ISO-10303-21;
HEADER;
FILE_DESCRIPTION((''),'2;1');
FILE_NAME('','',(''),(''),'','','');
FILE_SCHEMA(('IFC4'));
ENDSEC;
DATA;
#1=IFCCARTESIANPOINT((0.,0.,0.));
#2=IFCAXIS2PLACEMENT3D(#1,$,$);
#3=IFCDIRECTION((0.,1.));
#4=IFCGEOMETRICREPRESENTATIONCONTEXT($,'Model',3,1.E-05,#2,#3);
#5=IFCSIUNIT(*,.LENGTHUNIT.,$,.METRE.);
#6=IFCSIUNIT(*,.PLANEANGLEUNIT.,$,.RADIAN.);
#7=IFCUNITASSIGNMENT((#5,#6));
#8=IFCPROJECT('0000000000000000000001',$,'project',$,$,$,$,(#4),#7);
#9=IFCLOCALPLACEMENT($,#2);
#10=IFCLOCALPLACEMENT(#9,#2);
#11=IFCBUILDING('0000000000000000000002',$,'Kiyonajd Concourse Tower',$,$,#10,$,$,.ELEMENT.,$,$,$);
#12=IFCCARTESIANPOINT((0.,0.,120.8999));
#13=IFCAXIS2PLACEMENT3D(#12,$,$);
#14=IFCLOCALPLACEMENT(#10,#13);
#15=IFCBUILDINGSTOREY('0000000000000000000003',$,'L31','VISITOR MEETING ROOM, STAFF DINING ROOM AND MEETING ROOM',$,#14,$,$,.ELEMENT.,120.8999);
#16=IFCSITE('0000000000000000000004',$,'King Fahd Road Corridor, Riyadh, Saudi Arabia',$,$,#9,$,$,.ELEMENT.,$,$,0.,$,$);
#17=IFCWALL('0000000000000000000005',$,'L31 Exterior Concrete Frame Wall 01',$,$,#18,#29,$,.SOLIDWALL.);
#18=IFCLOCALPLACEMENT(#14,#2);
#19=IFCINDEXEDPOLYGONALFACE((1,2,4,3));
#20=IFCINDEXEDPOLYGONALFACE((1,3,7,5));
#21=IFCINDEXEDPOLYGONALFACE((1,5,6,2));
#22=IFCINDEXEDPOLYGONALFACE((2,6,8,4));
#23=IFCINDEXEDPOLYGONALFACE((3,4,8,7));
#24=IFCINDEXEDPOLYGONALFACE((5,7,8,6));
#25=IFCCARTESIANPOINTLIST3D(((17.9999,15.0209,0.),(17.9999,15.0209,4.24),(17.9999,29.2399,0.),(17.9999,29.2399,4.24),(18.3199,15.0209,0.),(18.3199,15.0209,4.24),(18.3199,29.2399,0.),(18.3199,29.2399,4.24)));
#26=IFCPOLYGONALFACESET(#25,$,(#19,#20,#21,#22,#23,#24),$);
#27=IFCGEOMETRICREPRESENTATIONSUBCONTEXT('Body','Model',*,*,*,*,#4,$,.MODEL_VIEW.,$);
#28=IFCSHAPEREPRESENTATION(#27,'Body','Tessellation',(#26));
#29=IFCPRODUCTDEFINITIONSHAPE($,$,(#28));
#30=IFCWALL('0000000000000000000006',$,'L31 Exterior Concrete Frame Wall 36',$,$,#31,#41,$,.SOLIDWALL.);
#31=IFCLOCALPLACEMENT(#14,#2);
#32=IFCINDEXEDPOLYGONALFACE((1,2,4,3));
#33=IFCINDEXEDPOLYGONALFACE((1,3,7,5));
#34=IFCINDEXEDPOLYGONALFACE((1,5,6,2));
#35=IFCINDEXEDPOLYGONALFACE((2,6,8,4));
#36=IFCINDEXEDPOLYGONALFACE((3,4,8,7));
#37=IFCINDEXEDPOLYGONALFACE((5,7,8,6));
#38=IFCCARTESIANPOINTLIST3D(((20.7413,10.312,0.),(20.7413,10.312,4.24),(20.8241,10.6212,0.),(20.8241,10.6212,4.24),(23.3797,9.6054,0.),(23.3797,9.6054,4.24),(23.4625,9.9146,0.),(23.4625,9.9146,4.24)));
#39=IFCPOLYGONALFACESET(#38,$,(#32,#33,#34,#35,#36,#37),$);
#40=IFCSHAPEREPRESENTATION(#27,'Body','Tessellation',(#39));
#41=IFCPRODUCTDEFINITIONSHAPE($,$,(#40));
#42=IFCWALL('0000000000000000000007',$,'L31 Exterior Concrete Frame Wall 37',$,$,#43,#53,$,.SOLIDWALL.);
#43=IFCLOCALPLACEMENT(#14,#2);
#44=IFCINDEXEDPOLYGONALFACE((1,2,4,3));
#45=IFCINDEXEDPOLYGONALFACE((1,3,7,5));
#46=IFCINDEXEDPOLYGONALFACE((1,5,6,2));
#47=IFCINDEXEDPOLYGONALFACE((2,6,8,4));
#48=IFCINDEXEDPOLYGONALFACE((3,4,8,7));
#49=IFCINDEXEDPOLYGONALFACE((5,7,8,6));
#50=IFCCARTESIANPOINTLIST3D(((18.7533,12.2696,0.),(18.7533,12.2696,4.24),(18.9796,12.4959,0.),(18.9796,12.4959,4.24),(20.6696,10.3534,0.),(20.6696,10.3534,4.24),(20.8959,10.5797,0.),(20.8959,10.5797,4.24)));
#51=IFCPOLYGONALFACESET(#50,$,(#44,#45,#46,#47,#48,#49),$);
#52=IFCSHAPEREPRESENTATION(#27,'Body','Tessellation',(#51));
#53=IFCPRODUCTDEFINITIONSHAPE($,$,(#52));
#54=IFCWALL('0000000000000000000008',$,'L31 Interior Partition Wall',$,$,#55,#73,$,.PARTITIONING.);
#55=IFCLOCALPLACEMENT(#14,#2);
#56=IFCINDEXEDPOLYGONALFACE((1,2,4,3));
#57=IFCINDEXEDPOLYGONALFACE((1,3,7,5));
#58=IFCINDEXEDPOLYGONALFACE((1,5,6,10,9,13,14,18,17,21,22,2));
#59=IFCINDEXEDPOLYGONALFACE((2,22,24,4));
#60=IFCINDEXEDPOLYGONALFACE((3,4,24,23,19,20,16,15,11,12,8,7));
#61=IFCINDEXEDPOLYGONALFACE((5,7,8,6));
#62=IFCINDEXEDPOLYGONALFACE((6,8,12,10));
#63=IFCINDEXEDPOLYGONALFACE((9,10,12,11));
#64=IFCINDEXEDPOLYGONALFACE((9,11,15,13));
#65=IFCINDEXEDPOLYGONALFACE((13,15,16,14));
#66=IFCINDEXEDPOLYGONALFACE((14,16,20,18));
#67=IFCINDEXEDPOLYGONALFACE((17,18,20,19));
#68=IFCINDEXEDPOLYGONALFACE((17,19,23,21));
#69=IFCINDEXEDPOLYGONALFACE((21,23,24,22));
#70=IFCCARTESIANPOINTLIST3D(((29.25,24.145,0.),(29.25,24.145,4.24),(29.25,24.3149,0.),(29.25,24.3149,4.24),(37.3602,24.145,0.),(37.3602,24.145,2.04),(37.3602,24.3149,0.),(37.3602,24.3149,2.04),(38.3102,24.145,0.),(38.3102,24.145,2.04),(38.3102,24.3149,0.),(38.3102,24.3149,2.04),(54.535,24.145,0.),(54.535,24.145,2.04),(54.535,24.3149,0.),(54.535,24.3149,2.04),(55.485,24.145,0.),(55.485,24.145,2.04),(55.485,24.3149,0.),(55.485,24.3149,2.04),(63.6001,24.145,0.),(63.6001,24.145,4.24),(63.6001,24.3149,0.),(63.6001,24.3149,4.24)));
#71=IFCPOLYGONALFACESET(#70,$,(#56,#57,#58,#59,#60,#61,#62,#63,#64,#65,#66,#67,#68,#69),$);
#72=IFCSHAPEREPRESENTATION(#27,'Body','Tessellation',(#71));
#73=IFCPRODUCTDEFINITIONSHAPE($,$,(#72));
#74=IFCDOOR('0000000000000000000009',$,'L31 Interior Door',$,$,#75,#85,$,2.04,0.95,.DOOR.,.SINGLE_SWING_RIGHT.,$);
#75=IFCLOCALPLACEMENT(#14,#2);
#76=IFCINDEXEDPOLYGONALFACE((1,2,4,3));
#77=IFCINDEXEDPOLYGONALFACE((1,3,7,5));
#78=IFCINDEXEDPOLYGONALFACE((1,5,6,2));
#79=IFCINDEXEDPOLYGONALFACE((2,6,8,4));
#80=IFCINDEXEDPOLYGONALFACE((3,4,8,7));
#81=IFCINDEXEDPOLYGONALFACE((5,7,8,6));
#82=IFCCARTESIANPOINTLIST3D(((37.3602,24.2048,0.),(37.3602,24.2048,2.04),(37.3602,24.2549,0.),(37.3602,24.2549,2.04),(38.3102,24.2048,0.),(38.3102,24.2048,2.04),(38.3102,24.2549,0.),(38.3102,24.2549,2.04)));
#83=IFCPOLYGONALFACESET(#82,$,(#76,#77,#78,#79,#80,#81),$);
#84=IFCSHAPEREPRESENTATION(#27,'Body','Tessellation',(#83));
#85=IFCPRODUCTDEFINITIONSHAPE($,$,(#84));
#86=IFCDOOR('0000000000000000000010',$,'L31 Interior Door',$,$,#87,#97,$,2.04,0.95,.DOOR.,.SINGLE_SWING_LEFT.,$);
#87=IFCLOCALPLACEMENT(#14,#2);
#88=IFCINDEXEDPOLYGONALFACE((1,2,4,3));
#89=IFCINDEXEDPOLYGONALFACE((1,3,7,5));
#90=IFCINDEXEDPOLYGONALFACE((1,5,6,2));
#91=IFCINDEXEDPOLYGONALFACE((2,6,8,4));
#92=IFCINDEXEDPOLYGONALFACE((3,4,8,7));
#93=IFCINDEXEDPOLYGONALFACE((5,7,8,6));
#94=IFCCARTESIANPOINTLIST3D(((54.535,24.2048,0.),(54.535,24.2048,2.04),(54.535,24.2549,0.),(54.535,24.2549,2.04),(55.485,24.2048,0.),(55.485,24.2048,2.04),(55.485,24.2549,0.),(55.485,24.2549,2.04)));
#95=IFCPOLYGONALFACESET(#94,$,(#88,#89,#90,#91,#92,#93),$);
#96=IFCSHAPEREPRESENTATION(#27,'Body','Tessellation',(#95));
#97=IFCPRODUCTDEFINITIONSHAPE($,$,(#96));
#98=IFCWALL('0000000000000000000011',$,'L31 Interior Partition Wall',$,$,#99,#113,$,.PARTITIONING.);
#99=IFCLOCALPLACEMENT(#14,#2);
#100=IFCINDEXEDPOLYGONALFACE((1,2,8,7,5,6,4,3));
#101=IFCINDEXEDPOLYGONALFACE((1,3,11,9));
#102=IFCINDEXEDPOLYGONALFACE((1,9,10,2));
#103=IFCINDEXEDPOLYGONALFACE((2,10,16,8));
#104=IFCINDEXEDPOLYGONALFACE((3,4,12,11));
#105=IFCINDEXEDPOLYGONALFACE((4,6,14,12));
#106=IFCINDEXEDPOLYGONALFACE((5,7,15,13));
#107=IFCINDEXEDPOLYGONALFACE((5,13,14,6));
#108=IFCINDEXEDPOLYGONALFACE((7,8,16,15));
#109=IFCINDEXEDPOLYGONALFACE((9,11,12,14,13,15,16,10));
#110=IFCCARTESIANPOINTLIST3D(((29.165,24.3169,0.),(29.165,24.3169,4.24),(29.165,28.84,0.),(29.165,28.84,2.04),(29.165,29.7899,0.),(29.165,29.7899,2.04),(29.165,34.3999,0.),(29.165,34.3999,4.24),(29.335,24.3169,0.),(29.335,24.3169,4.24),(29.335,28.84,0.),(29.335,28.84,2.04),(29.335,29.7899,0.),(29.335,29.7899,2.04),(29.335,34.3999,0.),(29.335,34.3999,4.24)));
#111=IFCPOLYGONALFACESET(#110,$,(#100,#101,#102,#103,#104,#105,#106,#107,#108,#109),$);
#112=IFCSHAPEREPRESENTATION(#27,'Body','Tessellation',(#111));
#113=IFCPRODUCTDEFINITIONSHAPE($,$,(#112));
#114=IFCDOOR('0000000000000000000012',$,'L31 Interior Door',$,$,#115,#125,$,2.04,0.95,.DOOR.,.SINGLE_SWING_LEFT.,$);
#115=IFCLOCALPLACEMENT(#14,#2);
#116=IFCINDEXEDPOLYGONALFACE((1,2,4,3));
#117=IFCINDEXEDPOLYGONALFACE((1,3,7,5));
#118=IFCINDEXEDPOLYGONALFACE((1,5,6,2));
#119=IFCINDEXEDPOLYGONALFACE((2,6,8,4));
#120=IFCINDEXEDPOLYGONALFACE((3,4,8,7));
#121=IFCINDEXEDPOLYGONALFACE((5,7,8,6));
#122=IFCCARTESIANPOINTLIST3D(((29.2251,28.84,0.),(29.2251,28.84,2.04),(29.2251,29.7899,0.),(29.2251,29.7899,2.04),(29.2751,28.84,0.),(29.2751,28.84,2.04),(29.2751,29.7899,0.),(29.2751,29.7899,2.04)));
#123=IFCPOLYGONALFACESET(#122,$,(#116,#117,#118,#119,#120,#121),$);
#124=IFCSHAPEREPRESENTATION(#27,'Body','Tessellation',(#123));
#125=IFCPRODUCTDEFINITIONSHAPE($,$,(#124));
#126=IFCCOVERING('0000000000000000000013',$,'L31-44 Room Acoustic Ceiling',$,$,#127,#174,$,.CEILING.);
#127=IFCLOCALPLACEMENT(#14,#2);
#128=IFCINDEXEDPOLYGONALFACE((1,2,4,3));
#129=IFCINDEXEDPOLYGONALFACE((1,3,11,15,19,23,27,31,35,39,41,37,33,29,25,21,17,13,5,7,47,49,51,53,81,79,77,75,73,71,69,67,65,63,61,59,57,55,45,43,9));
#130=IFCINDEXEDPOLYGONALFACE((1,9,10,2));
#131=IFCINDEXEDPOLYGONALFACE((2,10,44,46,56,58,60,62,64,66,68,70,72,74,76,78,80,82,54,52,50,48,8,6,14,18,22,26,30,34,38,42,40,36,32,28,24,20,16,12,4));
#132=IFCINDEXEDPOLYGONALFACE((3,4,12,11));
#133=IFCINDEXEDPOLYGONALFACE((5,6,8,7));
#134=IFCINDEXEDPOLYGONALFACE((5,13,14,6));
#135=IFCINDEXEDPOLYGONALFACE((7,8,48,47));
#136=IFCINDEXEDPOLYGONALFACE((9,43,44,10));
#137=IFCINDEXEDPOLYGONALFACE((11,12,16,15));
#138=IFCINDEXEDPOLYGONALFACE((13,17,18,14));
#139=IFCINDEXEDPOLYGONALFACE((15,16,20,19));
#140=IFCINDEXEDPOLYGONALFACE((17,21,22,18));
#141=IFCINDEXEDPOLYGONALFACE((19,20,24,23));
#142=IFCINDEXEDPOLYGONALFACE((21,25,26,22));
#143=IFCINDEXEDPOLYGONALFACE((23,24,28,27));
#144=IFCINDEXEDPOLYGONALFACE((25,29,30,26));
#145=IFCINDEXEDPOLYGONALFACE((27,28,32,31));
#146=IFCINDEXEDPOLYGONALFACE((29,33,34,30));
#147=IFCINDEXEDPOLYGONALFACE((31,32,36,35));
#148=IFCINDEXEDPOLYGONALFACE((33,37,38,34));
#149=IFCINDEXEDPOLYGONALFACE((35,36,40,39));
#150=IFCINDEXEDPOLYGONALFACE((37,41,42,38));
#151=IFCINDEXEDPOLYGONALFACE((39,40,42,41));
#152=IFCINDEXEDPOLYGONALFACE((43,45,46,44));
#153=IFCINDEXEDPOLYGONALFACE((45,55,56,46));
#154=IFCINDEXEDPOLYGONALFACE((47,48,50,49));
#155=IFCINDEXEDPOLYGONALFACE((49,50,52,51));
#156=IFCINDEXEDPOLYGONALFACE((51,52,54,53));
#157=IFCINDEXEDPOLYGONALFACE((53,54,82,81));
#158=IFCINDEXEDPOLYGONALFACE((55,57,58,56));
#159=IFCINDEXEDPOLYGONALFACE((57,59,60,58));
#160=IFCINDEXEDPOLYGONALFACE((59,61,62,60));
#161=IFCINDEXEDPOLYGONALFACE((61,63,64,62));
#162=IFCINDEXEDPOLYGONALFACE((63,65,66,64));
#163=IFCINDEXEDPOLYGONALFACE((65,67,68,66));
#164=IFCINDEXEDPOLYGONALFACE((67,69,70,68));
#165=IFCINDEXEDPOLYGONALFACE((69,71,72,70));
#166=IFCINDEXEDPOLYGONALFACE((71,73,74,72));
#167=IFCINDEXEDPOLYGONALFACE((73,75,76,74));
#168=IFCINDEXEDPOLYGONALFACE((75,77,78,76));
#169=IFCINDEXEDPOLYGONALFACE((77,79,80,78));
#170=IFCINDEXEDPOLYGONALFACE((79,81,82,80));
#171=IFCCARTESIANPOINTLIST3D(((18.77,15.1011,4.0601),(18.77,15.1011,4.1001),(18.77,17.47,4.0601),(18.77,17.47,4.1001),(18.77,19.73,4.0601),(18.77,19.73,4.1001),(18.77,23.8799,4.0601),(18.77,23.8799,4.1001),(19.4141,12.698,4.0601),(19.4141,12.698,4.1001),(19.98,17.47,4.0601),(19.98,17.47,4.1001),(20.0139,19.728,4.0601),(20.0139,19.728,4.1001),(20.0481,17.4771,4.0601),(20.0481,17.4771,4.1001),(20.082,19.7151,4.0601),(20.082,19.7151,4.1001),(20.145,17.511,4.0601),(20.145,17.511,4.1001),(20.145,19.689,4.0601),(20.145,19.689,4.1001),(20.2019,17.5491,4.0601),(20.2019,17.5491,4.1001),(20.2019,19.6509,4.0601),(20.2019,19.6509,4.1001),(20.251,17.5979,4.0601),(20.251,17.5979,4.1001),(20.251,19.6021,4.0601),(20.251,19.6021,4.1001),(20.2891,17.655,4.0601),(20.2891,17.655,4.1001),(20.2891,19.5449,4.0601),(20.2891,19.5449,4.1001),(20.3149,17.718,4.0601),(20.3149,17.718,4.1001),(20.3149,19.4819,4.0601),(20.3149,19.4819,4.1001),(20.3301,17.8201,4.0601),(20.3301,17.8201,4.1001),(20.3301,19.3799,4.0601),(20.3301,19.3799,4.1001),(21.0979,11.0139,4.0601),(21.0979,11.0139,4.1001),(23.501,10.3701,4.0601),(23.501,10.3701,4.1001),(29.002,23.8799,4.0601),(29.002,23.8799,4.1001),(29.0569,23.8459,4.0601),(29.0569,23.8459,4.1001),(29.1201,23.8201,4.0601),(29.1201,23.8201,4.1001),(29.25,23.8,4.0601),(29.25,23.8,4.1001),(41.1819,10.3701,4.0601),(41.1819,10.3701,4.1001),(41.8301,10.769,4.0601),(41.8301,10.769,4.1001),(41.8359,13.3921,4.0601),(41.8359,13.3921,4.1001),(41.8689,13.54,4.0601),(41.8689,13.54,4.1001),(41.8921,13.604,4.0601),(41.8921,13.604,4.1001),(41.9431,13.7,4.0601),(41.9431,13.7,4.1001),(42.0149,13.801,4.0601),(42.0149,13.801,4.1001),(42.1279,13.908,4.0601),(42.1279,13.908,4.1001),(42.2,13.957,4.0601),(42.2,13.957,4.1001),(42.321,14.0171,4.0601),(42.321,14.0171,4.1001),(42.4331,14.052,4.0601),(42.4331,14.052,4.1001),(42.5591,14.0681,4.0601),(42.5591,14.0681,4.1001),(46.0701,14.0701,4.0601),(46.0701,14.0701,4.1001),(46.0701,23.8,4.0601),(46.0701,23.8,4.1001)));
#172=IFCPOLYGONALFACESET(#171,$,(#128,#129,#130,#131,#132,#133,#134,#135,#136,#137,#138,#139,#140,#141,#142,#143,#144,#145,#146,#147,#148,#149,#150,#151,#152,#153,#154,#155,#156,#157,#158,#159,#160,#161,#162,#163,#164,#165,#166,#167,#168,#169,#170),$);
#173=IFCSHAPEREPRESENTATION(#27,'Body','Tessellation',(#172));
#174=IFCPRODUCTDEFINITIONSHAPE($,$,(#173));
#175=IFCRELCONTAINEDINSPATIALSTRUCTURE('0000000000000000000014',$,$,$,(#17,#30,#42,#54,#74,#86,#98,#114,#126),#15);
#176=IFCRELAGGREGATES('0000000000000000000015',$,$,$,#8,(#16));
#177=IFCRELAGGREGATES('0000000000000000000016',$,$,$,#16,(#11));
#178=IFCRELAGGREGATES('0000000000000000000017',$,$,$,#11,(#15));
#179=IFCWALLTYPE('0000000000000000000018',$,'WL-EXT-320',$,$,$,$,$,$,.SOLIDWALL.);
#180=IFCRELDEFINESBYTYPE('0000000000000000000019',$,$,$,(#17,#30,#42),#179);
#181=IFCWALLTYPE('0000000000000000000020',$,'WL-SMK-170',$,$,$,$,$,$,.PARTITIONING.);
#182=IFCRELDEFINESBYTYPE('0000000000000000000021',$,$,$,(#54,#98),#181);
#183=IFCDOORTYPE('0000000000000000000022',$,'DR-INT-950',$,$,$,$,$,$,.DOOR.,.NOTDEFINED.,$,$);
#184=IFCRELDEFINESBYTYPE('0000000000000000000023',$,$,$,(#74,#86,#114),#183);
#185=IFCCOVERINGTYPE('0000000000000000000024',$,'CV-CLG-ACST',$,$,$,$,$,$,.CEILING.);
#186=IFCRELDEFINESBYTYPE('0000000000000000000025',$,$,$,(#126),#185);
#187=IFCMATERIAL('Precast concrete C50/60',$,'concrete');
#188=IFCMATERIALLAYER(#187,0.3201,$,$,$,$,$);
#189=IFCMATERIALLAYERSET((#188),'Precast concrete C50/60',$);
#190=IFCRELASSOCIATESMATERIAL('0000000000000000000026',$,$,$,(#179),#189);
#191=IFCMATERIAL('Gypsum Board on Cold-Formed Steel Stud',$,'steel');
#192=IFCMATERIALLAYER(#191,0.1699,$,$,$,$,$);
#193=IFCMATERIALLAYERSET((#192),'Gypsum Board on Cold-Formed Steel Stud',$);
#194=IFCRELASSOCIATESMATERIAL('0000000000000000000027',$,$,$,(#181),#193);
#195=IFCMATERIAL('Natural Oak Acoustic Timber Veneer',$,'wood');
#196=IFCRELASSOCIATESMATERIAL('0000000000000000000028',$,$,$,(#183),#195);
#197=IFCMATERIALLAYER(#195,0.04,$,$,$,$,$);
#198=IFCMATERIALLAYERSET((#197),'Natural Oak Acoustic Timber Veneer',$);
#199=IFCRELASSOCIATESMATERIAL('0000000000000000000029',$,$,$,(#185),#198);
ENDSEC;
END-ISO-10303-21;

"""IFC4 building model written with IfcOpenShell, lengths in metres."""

from ifc_helpers import new_model, si_unit, direction, frame, frame_2d, origin, place, context, subcontext, project, spatial, polyline, rectangle, outline, extrude, material, layer, layer_set, type_object, element, fill, save


model = new_model("IFC4")

# Units and contexts
model_context = context("Model", 3, precision=1e-05, world=origin(), true_north=direction((0.0, 1.0)))
body_context = subcontext(model_context, "Body", "Model", "MODEL_VIEW")
ifc_project = project(units=[si_unit("LENGTHUNIT", "METRE"), si_unit("PLANEANGLEUNIT", "RADIAN")], contexts=[model_context])

# Site, building, storey
site_placement = place(None, origin())
site = spatial("IfcSite", under=ifc_project, at=site_placement, Name="King Fahd Road Corridor, Riyadh, Saudi Arabia", CompositionType="ELEMENT", RefElevation=0.0)
building_placement = place(site_placement, origin())
building = spatial("IfcBuilding", under=site, at=building_placement, Name="Kiyonajd Concourse Tower", CompositionType="ELEMENT")
storey_placement = place(building_placement, frame((0.0, 0.0, 120.8999)))
storey = spatial("IfcBuildingStorey", under=building, at=storey_placement, Name="L31", Description="VISITOR MEETING ROOM, STAFF DINING ROOM AND MEETING ROOM", CompositionType="ELEMENT", Elevation=120.8999)

# Shared definitions
ifc_material_1 = material(Name="Precast concrete C50/60", Category="concrete")

# Walls
ifc_layer_1 = layer(ifc_material_1, 0.3201)
ifc_layer_set_1 = layer_set([ifc_layer_1], Name="Precast concrete C50/60")
wall_type_1 = type_object("IfcWallType", Name="WL-EXT-320", PredefinedType="SOLIDWALL", material=ifc_layer_set_1)
wall_1_placement = place(storey_placement, frame((18.1599, 15.021, 0.0), z_axis=(0.0, 0.0, 1.0), x_axis=(0.0, 1.0, 0.0)))
element("IfcWall", 1, at=wall_1_placement, inside=storey, type_object=wall_type_1, Name="L31 Exterior Concrete Frame Wall 01", PredefinedType="SOLIDWALL", context=body_context, shape_type="SweptSolid", body=[
    extrude(rectangle(XDim=14.219, YDim=0.3201, at=frame_2d((7.1094, 0.0))), origin(), (0.0, 0.0, 1.0), 4.24),
])
wall_2_placement = place(storey_placement, frame((23.4211, 9.76, 0.0), z_axis=(0.0, 0.0, 1.0), x_axis=(-0.965964, 0.258675, 0.0)))
element("IfcWall", 2, at=wall_2_placement, inside=storey, type_object=wall_type_1, Name="L31 Exterior Concrete Frame Wall 36", PredefinedType="SOLIDWALL", context=body_context, shape_type="SweptSolid", body=[
    extrude(rectangle(XDim=2.7314, YDim=0.3201, at=frame_2d((1.3657, 0.0))), origin(), (0.0, 0.0, 1.0), 4.24),
])
wall_3_placement = place(storey_placement, frame((20.7827, 10.4666, 0.0), z_axis=(0.0, 0.0, 1.0), x_axis=(-0.707107, 0.707107, 0.0)))
element("IfcWall", 3, at=wall_3_placement, inside=storey, type_object=wall_type_1, Name="L31 Exterior Concrete Frame Wall 37", PredefinedType="SOLIDWALL", context=body_context, shape_type="SweptSolid", body=[
    extrude(rectangle(XDim=2.71, YDim=0.3201, at=frame_2d((1.355, 0.0))), origin(), (0.0, 0.0, 1.0), 4.24),
])

# Wall, openings, doors
ifc_material_2 = material(Name="Gypsum Board on Cold-Formed Steel Stud", Category="steel")
ifc_layer_2 = layer(ifc_material_2, 0.1699)
ifc_layer_set_2 = layer_set([ifc_layer_2], Name="Gypsum Board on Cold-Formed Steel Stud")
wall_type_2 = type_object("IfcWallType", Name="WL-SMK-170", PredefinedType="PARTITIONING", material=ifc_layer_set_2)
wall_4_placement = place(storey_placement, frame((29.25, 24.23, 0.0), z_axis=(0.0, 0.0, 1.0), x_axis=(1.0, 0.0, 0.0)))
wall_4 = element("IfcWall", 4, at=wall_4_placement, inside=storey, type_object=wall_type_2, Name="L31 Interior Partition Wall", PredefinedType="PARTITIONING", context=body_context, shape_type="SweptSolid", body=[
    extrude(rectangle(XDim=34.3501, YDim=0.1699, at=frame_2d((17.175, 0.0))), origin(), (0.0, 0.0, 1.0), 4.24),
])
opening_1_placement = place(wall_4_placement, frame((8.1101, 0.0, 0.0)))
opening_1 = element("IfcOpeningElement", 5, at=opening_1_placement, cuts=wall_4, PredefinedType="OPENING", context=body_context, shape_type="SweptSolid", body=[
    extrude(rectangle(XDim=0.95, YDim=2.04, at=frame_2d((0.4751, 1.02))), frame((0.0, 0.095, 0.0), z_axis=(0.0, -1.0, 0.0), x_axis=(1.0, 0.0, 0.0)), (0.0, 0.0, 1.0), 0.1899),
])
opening_2_placement = place(wall_4_placement, frame((25.2849, 0.0, 0.0)))
opening_2 = element("IfcOpeningElement", 6, at=opening_2_placement, cuts=wall_4, PredefinedType="OPENING", context=body_context, shape_type="SweptSolid", body=[
    extrude(rectangle(XDim=0.95, YDim=2.04, at=frame_2d((0.4751, 1.02))), frame((0.0, 0.095, 0.0), z_axis=(0.0, -1.0, 0.0), x_axis=(1.0, 0.0, 0.0)), (0.0, 0.0, 1.0), 0.1899),
])
ifc_material_3 = material(Name="Natural Oak Acoustic Timber Veneer", Category="wood")
door_type = type_object("IfcDoorType", Name="DR-INT-950", OperationType="NOTDEFINED", PredefinedType="DOOR", material=ifc_material_3)
door_1_placement = place(opening_1_placement, origin())
door_1 = element("IfcDoor", 7, at=door_1_placement, inside=storey, type_object=door_type, Name="L31 Interior Door", OperationType="SINGLE_SWING_RIGHT", OverallHeight=2.04, OverallWidth=0.95, PredefinedType="DOOR", context=body_context, shape_type="SweptSolid", body=[
    extrude(rectangle(XDim=0.95, YDim=2.04, at=frame_2d((0.4751, 1.02))), frame((0.0, 0.0249, 0.0), z_axis=(0.0, -1.0, 0.0), x_axis=(1.0, 0.0, 0.0)), (0.0, 0.0, 1.0), 0.05),
])
fill(opening_1, door_1)
door_2_placement = place(opening_2_placement, origin())
door_2 = element("IfcDoor", 8, at=door_2_placement, inside=storey, type_object=door_type, Name="L31 Interior Door", OperationType="SINGLE_SWING_LEFT", OverallHeight=2.04, OverallWidth=0.95, PredefinedType="DOOR", context=body_context, shape_type="SweptSolid", body=[
    extrude(rectangle(XDim=0.95, YDim=2.04, at=frame_2d((0.4751, 1.02))), frame((0.0, 0.0249, 0.0), z_axis=(0.0, -1.0, 0.0), x_axis=(1.0, 0.0, 0.0)), (0.0, 0.0, 1.0), 0.05),
])
fill(opening_2, door_2)

# Wall, opening, door
wall_5_placement = place(storey_placement, frame((29.25, 24.3169, 0.0), z_axis=(0.0, 0.0, 1.0), x_axis=(0.0, 1.0, 0.0)))
wall_5 = element("IfcWall", 9, at=wall_5_placement, inside=storey, type_object=wall_type_2, Name="L31 Interior Partition Wall", PredefinedType="PARTITIONING", context=body_context, shape_type="SweptSolid", body=[
    extrude(rectangle(XDim=10.083, YDim=0.1699, at=frame_2d((5.0415, 0.0))), origin(), (0.0, 0.0, 1.0), 4.24),
])
opening_3_placement = place(wall_5_placement, frame((4.5229, 0.0, 0.0)))
opening_3 = element("IfcOpeningElement", 10, at=opening_3_placement, cuts=wall_5, PredefinedType="OPENING", context=body_context, shape_type="SweptSolid", body=[
    extrude(rectangle(XDim=0.95, YDim=2.04, at=frame_2d((0.4751, 1.02))), frame((0.0, 0.095, 0.0), z_axis=(0.0, -1.0, 0.0), x_axis=(1.0, 0.0, 0.0)), (0.0, 0.0, 1.0), 0.1899),
])
door_3_placement = place(opening_3_placement, origin())
door_3 = element("IfcDoor", 11, at=door_3_placement, inside=storey, type_object=door_type, Name="L31 Interior Door", OperationType="SINGLE_SWING_LEFT", OverallHeight=2.04, OverallWidth=0.95, PredefinedType="DOOR", context=body_context, shape_type="SweptSolid", body=[
    extrude(rectangle(XDim=0.95, YDim=2.04, at=frame_2d((0.4751, 1.02))), frame((0.0, 0.0249, 0.0), z_axis=(0.0, -1.0, 0.0), x_axis=(1.0, 0.0, 0.0)), (0.0, 0.0, 1.0), 0.05),
])
fill(opening_3, door_3)

# Covering
ifc_layer_3 = layer(ifc_material_3, 0.04)
ifc_layer_set_3 = layer_set([ifc_layer_3], Name="Natural Oak Acoustic Timber Veneer")
covering_type_1 = type_object("IfcCoveringType", Name="CV-CLG-ACST", PredefinedType="CEILING", material=ifc_layer_set_3)
covering_1_placement = place(storey_placement, frame((0.0, 0.0, 4.0601)))
element("IfcCovering", 12, at=covering_1_placement, inside=storey, type_object=covering_type_1, Name="L31-44 Room Acoustic Ceiling", PredefinedType="CEILING", context=body_context, shape_type="SweptSolid", body=[
    extrude(outline(polyline([(29.002, 23.8799), (29.0569, 23.8459), (29.1201, 23.8201), (29.25, 23.8), (46.0701, 23.8), (46.0701, 14.0701), (42.5591, 14.0681), (42.4331, 14.052), (42.321, 14.0171), (42.2, 13.957), (42.1279, 13.908), (42.0149, 13.801), (41.9431, 13.7), (41.8921, 13.604), (41.8689, 13.54), (41.8359, 13.3921), (41.8301, 10.769), (41.1819, 10.3701), (23.501, 10.3701), (21.0979, 11.0139), (19.4141, 12.698), (18.77, 15.1011), (18.77, 17.47), (19.98, 17.47), (20.0481, 17.4771), (20.145, 17.511), (20.2019, 17.5491), (20.251, 17.5979), (20.2891, 17.655), (20.3149, 17.718), (20.3301, 17.8201), (20.3301, 19.3799), (20.3149, 19.4819), (20.2891, 19.5449), (20.251, 19.6021), (20.2019, 19.6509), (20.145, 19.689), (20.082, 19.7151), (20.0139, 19.728), (18.77, 19.73), (18.77, 23.8799), (29.002, 23.8799)])), origin(), (0.0, 0.0, 1.0), 0.04),
])

save(model, "model.ifc")
